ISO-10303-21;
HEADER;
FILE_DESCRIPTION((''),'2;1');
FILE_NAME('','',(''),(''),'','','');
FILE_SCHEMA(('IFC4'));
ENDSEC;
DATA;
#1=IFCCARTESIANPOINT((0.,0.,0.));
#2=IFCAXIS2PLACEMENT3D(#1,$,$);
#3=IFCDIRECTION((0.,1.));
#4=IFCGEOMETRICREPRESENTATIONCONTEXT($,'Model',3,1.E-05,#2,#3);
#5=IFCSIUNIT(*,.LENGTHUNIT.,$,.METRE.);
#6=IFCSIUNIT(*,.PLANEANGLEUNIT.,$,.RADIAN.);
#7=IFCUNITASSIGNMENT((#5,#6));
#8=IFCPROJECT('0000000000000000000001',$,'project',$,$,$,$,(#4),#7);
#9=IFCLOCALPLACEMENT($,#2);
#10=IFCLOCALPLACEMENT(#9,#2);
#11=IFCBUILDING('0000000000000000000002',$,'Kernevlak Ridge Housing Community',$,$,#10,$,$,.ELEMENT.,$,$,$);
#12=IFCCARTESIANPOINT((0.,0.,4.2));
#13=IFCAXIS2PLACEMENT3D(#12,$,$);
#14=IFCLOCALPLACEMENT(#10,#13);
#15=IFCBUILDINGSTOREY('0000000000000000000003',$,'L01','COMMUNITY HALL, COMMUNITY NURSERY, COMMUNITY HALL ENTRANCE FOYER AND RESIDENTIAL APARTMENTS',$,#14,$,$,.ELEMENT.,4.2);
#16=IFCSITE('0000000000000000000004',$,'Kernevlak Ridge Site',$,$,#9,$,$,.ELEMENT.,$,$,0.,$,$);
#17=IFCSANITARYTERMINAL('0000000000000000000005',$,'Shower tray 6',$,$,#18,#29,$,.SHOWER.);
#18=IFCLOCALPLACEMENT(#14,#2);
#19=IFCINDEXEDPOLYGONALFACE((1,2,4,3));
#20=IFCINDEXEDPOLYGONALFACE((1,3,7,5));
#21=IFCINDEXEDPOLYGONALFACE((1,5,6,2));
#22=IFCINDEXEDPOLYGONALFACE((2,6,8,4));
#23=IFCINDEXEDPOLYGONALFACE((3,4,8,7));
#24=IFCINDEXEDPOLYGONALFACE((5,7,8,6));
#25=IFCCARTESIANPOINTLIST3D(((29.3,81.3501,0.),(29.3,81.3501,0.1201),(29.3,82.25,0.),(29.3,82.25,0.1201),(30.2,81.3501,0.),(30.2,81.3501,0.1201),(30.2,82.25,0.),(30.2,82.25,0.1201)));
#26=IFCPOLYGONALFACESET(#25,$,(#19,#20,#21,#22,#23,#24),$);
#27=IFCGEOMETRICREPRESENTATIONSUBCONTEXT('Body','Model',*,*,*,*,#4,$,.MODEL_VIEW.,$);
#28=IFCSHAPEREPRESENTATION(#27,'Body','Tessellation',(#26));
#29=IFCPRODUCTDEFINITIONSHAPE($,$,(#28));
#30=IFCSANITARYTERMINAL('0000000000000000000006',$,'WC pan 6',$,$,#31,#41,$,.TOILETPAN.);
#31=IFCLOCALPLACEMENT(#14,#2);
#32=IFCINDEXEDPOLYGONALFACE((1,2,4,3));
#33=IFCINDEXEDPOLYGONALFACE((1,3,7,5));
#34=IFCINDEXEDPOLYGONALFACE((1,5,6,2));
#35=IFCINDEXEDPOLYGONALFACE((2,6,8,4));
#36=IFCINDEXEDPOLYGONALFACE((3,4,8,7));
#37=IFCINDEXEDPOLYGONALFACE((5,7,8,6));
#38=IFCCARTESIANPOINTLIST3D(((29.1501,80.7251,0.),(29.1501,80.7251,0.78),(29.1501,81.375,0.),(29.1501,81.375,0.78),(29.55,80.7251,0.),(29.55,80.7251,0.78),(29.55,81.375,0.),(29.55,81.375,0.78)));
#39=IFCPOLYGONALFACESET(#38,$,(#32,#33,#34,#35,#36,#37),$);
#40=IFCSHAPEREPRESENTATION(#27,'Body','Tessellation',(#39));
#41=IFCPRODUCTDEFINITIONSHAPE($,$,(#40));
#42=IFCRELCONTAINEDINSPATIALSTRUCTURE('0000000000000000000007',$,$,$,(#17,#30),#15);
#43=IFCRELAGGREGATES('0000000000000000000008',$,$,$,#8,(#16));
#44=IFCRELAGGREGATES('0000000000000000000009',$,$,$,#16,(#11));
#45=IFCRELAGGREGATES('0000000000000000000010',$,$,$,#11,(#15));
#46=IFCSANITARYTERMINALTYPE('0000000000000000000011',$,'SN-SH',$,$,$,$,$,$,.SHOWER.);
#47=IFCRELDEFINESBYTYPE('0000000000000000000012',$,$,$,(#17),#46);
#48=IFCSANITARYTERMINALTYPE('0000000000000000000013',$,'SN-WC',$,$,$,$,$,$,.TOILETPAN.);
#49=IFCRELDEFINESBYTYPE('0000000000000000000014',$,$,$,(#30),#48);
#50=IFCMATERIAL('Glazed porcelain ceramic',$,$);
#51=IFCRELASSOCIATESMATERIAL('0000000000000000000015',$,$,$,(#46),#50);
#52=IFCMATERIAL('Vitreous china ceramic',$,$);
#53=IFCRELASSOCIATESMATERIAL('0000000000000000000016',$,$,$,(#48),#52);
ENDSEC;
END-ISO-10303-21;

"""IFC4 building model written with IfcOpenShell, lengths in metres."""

from ifc_helpers import new_model, si_unit, direction, frame, origin, origin_2d, place, context, subcontext, project, spatial, rectangle, extrude, material, type_object, element, save


model = new_model("IFC4")

# Units and contexts
model_context = context("Model", 3, precision=1e-05, world=origin(), true_north=direction((0.0, 1.0)))
body_context = subcontext(model_context, "Body", "Model", "MODEL_VIEW")
ifc_project = project(units=[si_unit("LENGTHUNIT", "METRE"), si_unit("PLANEANGLEUNIT", "RADIAN")], contexts=[model_context])

# Site, building, storey
site_placement = place(None, origin())
site = spatial("IfcSite", under=ifc_project, at=site_placement, Name="Kernevlak Ridge Site", CompositionType="ELEMENT", RefElevation=0.0)
building_placement = place(site_placement, origin())
building = spatial("IfcBuilding", under=site, at=building_placement, Name="Kernevlak Ridge Housing Community", CompositionType="ELEMENT")
storey_placement = place(building_placement, frame((0.0, 0.0, 4.2)))
storey = spatial("IfcBuildingStorey", under=building, at=storey_placement, Name="L01", Description="COMMUNITY HALL, COMMUNITY NURSERY, COMMUNITY HALL ENTRANCE FOYER AND RESIDENTIAL APARTMENTS", CompositionType="ELEMENT", Elevation=4.2)

# Sanitary terminals
ifc_material_1 = material(Name="Vitreous china ceramic")
ifc_material_2 = material(Name="Glazed porcelain ceramic")
sanitary_terminal_type_1 = type_object("IfcSanitaryTerminalType", Name="SN-SH", PredefinedType="SHOWER", material=ifc_material_2)
sanitary_terminal_1_placement = place(storey_placement, frame((29.75, 81.8, 0.0), z_axis=(0.0, 0.0, 1.0), x_axis=(1.0, 0.0, 0.0)))
element("IfcSanitaryTerminal", 1, at=sanitary_terminal_1_placement, inside=storey, type_object=sanitary_terminal_type_1, Name="Shower tray 6", PredefinedType="SHOWER", context=body_context, shape_type="SweptSolid", body=[
    extrude(rectangle(XDim=0.8999, YDim=0.8999, at=origin_2d()), origin(), (0.0, 0.0, 1.0), 0.1201),
])
sanitary_terminal_type_2 = type_object("IfcSanitaryTerminalType", Name="SN-WC", PredefinedType="TOILETPAN", material=ifc_material_1)
sanitary_terminal_2_placement = place(storey_placement, frame((29.3501, 81.05, 0.0), z_axis=(0.0, 0.0, 1.0), x_axis=(1.0, 0.0, 0.0)))
element("IfcSanitaryTerminal", 2, at=sanitary_terminal_2_placement, inside=storey, type_object=sanitary_terminal_type_2, Name="WC pan 6", PredefinedType="TOILETPAN", context=body_context, shape_type="SweptSolid", body=[
    extrude(rectangle(XDim=0.3999, YDim=0.6499, at=origin_2d()), origin(), (0.0, 0.0, 1.0), 0.78),
])

save(model, "model.ifc")
